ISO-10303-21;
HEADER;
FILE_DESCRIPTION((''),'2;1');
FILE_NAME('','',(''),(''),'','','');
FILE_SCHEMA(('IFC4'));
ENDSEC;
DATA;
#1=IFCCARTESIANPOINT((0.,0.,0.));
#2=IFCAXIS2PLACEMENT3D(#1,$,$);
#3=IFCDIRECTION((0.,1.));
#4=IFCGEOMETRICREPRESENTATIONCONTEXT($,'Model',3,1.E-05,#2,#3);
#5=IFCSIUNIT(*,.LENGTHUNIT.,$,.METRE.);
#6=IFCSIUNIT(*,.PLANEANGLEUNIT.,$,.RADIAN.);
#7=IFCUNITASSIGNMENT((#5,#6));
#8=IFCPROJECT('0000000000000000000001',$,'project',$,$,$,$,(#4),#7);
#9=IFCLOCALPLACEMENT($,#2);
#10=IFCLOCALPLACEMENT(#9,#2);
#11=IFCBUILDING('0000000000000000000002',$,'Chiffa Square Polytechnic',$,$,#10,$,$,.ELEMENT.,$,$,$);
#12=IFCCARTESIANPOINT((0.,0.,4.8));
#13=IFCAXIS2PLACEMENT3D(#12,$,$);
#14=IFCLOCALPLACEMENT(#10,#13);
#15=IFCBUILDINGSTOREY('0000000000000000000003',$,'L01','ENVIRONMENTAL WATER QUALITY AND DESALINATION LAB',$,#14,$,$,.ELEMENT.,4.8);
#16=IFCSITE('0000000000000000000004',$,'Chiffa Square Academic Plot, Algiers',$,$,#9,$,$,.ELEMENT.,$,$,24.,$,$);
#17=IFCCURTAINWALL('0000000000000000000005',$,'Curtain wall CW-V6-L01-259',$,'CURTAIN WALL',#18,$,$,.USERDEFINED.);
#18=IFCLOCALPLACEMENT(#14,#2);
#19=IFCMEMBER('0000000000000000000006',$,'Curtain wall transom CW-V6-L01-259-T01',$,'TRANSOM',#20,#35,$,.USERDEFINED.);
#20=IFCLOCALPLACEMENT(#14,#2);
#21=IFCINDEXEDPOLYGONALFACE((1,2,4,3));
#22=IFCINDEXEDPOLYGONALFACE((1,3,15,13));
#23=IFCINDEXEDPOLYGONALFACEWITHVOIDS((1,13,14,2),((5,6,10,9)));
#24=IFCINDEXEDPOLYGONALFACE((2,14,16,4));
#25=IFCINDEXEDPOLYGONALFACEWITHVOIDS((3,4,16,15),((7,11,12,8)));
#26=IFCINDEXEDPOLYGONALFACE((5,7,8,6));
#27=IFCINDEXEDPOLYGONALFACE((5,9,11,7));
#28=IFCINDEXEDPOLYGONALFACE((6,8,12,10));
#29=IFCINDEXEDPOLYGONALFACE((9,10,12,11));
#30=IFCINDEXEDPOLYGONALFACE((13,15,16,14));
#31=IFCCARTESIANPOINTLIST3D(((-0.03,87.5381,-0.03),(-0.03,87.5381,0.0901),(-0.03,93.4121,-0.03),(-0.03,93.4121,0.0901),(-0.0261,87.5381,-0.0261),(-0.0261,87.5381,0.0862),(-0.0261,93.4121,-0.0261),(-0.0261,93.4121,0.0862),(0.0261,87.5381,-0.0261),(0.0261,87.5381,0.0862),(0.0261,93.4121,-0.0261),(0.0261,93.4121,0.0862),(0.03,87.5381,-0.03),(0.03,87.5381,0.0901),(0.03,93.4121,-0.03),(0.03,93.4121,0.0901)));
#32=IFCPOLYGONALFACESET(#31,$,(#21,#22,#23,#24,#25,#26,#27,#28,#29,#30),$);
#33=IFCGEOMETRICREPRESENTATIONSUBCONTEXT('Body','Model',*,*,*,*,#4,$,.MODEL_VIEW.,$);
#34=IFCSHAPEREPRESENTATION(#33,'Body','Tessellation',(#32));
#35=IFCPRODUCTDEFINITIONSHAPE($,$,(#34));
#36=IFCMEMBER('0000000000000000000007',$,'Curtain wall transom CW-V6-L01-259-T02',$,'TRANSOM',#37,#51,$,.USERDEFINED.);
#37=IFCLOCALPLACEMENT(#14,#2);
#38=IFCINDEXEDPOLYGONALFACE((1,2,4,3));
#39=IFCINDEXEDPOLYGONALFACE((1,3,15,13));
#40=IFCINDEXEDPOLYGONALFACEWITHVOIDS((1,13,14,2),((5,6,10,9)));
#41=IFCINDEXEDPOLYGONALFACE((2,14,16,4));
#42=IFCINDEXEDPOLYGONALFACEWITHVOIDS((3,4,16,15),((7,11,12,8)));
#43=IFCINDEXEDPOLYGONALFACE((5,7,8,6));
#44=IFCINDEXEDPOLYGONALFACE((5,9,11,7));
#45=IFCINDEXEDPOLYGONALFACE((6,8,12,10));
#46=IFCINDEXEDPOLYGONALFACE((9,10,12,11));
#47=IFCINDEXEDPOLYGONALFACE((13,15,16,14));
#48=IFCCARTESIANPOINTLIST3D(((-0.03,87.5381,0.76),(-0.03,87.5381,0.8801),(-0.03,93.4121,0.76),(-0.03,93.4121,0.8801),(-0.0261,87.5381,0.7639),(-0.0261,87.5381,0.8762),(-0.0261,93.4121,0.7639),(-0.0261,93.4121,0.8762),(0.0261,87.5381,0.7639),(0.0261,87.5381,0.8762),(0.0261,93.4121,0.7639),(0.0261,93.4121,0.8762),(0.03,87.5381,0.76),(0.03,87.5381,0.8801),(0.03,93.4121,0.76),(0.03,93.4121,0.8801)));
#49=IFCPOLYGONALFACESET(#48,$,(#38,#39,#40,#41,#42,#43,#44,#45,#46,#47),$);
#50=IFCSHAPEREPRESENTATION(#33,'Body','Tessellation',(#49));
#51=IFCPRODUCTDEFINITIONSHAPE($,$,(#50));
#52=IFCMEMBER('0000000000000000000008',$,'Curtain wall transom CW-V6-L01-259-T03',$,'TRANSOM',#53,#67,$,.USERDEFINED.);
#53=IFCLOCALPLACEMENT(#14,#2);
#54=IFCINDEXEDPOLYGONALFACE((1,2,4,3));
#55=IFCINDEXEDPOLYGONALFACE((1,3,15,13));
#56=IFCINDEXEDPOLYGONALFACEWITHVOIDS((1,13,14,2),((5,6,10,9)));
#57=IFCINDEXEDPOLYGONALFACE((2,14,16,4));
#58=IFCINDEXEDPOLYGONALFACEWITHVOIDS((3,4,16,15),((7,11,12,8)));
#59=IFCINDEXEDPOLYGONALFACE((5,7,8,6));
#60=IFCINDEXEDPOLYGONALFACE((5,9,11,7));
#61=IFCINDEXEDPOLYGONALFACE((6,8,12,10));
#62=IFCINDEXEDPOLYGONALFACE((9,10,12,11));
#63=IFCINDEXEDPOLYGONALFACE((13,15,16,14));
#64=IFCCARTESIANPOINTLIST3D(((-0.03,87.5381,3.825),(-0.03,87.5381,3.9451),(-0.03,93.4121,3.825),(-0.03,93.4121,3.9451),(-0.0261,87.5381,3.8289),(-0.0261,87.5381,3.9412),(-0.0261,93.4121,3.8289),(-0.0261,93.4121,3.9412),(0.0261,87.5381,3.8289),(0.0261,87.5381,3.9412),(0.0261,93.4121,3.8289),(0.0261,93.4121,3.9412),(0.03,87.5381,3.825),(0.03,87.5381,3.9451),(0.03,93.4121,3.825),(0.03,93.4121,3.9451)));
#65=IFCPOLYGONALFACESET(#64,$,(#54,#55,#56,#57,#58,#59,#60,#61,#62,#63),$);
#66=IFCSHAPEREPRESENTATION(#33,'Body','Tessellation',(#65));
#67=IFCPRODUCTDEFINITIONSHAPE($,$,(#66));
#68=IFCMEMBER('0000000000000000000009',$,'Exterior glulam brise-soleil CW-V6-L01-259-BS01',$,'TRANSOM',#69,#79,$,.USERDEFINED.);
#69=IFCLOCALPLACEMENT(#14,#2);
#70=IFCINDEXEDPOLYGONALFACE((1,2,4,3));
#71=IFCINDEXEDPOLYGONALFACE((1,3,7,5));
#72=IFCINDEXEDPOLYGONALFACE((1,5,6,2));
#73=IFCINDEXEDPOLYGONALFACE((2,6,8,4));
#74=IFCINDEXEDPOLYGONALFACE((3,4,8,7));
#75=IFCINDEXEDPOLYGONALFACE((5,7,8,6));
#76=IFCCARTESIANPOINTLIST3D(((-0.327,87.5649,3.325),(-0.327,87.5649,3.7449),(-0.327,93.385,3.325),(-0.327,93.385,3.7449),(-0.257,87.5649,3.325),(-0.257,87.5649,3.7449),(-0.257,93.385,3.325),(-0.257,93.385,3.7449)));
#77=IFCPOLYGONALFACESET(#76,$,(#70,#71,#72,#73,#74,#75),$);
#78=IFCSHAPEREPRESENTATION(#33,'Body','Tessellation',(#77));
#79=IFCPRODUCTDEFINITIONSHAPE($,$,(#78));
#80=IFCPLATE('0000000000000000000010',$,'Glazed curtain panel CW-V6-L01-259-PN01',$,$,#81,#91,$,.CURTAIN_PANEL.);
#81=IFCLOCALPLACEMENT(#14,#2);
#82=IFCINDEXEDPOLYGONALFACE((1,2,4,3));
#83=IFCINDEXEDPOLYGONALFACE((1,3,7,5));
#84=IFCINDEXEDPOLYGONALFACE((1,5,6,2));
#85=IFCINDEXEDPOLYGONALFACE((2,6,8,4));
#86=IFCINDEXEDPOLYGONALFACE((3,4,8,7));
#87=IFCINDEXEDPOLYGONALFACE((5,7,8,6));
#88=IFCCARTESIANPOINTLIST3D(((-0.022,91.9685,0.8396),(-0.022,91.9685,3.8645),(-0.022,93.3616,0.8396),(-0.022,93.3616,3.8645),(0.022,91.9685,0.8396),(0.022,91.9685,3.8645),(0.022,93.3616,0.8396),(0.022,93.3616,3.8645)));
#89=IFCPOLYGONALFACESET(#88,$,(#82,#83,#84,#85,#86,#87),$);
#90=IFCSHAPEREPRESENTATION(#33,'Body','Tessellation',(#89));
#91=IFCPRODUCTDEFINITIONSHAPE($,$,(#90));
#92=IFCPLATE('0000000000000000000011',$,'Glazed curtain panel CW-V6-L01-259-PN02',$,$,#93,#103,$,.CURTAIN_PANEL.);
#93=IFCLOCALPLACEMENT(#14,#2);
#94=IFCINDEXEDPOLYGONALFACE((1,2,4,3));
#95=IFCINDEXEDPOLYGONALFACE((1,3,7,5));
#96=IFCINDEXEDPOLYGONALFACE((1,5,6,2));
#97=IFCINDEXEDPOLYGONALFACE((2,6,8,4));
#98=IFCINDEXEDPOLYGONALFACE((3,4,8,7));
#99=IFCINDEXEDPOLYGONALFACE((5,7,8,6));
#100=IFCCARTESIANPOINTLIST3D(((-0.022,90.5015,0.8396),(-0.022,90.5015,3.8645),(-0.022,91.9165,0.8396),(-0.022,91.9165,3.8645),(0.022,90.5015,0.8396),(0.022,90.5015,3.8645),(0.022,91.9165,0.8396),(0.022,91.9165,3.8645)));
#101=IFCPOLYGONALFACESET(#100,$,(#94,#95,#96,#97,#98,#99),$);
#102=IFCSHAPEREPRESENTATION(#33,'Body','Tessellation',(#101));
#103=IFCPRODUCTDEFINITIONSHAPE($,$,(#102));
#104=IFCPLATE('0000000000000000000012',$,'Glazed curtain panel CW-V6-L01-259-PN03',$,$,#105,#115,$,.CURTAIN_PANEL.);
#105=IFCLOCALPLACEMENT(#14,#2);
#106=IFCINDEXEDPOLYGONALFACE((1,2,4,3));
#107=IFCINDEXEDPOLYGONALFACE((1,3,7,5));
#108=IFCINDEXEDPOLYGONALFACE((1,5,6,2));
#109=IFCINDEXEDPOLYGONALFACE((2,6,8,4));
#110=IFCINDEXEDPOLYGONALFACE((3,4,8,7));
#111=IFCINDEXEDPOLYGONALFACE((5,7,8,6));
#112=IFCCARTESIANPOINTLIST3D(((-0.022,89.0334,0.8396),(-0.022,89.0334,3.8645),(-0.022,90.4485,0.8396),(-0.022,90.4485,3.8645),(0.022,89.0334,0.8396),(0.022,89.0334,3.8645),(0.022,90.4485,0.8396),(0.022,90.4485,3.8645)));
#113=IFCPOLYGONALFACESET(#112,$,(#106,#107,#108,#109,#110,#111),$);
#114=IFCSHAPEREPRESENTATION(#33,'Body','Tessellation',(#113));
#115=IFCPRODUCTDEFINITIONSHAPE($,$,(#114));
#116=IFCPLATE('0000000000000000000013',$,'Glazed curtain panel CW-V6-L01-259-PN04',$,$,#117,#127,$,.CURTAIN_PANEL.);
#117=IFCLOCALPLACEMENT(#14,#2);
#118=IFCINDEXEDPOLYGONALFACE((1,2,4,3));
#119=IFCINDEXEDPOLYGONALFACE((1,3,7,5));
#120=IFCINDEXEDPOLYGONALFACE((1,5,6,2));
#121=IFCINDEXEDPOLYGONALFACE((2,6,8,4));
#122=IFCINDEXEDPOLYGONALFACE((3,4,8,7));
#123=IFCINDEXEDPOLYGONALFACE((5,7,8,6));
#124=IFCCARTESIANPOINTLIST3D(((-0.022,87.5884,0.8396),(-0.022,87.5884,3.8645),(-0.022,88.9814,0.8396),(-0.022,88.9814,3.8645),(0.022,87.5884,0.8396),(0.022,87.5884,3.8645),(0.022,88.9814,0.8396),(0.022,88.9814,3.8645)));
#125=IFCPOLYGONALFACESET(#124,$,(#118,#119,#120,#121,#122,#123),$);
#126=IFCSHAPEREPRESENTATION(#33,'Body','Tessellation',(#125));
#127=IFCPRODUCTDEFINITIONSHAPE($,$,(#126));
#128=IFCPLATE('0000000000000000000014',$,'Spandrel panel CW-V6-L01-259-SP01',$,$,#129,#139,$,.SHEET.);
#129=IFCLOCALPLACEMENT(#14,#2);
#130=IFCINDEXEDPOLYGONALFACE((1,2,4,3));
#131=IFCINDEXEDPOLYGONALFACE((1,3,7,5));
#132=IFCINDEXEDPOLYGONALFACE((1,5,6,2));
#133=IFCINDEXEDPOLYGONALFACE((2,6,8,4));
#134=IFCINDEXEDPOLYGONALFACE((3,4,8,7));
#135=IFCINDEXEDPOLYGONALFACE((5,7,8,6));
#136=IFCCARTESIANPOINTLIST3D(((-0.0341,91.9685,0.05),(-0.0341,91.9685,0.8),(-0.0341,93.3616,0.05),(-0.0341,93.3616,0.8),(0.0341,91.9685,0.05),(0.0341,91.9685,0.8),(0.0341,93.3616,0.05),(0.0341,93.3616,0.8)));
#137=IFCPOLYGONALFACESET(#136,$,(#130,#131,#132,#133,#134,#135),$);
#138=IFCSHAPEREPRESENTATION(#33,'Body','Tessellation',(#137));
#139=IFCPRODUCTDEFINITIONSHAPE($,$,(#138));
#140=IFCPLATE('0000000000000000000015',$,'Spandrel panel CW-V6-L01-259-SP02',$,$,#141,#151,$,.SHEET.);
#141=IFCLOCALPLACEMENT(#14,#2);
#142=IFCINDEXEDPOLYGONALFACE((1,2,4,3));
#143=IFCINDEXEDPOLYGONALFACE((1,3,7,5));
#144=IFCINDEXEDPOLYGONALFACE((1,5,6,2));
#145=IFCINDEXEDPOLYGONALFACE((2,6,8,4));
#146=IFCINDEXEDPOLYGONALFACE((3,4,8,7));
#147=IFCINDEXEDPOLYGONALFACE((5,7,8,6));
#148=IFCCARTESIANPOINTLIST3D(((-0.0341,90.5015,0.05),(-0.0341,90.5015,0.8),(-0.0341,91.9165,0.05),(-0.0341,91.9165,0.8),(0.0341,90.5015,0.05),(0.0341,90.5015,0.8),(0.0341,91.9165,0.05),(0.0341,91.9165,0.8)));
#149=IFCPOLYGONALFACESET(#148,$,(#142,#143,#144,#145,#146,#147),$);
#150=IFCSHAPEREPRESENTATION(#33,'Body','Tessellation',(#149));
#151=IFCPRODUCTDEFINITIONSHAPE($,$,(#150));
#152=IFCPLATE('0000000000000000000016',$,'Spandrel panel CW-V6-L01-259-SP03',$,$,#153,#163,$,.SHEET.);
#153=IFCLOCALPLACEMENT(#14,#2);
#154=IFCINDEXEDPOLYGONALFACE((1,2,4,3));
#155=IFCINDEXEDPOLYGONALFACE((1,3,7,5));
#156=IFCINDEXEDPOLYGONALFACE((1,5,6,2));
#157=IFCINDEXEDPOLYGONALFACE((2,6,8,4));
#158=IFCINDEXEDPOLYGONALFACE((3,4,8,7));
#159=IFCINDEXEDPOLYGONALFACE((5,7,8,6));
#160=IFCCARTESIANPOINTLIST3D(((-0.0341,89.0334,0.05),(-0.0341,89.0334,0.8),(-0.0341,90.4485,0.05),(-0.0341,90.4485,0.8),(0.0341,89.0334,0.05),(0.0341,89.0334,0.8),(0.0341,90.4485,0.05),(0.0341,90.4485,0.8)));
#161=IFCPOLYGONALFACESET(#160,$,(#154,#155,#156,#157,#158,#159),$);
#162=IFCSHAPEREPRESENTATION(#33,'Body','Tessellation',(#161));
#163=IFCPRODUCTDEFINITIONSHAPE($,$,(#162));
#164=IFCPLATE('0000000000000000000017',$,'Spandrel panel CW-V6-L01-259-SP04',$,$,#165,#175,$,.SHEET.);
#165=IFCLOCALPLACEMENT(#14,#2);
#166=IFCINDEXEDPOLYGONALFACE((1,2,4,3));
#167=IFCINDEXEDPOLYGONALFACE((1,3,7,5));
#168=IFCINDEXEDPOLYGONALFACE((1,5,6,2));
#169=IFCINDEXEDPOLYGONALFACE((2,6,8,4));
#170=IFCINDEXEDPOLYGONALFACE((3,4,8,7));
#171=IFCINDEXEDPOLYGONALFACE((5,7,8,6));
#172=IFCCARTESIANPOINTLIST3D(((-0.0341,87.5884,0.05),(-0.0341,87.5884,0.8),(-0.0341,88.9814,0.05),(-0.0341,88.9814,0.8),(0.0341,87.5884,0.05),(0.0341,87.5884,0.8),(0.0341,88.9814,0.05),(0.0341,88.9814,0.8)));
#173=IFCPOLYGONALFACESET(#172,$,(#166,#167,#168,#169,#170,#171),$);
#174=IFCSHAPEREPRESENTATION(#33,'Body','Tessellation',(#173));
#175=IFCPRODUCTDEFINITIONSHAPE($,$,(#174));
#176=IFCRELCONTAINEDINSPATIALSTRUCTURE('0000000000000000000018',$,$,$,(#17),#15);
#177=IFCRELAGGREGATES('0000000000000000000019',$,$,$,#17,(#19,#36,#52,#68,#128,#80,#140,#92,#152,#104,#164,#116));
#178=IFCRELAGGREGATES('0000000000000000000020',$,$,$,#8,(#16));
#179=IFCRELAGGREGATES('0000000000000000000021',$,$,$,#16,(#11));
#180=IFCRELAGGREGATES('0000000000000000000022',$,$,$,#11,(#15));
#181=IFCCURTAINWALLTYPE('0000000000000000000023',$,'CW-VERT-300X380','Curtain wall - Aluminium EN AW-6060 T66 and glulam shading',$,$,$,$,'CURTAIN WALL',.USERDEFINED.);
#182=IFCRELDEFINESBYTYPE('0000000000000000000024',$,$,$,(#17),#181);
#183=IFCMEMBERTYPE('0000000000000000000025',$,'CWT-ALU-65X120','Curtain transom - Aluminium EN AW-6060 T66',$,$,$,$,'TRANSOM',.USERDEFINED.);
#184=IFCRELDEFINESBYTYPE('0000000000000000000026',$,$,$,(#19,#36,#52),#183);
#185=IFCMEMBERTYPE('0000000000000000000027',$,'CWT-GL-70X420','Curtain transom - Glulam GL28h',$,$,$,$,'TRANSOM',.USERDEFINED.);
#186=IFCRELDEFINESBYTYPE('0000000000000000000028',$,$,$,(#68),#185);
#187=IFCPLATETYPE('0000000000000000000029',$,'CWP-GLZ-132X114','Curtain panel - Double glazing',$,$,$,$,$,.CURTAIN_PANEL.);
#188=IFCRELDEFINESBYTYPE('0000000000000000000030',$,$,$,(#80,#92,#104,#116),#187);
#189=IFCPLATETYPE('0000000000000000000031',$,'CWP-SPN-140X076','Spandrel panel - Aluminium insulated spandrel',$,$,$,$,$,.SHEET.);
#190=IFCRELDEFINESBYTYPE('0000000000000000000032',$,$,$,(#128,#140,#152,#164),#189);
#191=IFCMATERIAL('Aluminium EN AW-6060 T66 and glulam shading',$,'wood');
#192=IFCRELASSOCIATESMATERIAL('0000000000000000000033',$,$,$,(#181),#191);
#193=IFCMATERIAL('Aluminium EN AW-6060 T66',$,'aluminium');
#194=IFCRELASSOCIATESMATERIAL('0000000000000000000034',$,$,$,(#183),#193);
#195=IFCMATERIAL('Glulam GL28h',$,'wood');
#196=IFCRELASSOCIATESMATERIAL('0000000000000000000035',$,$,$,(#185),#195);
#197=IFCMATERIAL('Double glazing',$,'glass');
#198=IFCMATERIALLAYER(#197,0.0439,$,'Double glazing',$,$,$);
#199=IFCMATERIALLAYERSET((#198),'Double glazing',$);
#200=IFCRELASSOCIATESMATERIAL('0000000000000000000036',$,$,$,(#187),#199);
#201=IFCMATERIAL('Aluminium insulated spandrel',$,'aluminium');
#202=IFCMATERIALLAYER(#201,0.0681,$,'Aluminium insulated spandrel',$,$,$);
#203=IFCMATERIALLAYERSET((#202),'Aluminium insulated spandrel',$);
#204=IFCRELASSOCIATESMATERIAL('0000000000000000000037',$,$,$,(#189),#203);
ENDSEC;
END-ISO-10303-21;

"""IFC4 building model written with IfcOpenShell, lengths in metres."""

from ifc_helpers import new_model, si_unit, direction, frame, origin, origin_2d, place, context, subcontext, project, spatial, rectangle, hollow_rectangle, extrude, material, layer, layer_set, material_profile, profile_set, type_object, element, aggregate, save


model = new_model("IFC4")

# Units and contexts
model_context = context("Model", 3, precision=1e-05, world=origin(), true_north=direction((0.0, 1.0)))
body_context = subcontext(model_context, "Body", "Model", "MODEL_VIEW")
ifc_project = project(units=[si_unit("LENGTHUNIT", "METRE"), si_unit("PLANEANGLEUNIT", "RADIAN")], contexts=[model_context])

# Site, building, storey
site_placement = place(None, origin())
site = spatial("IfcSite", under=ifc_project, at=site_placement, Name="Chiffa Square Academic Plot, Algiers", CompositionType="ELEMENT", RefElevation=24.0)
building_placement = place(site_placement, origin())
building = spatial("IfcBuilding", under=site, at=building_placement, Name="Chiffa Square Polytechnic", CompositionType="ELEMENT")
storey_placement = place(building_placement, frame((0.0, 0.0, 4.8)))
storey = spatial("IfcBuildingStorey", under=building, at=storey_placement, Name="L01", Description="ENVIRONMENTAL WATER QUALITY AND DESALINATION LAB", CompositionType="ELEMENT", Elevation=4.8)

# Curtain wall, members, plates
ifc_material_1 = material(Name="Aluminium EN AW-6060 T66 and glulam shading", Category="wood")
curtain_wall_type = type_object("IfcCurtainWallType", Name="CW-VERT-300X380", Description="Curtain wall - Aluminium EN AW-6060 T66 and glulam shading", ElementType="CURTAIN WALL", PredefinedType="USERDEFINED", material=ifc_material_1)
curtain_wall_placement = place(storey_placement, origin())
curtain_wall = element("IfcCurtainWall", 1, at=curtain_wall_placement, inside=storey, type_object=curtain_wall_type, Name="Curtain wall CW-V6-L01-259", ObjectType="CURTAIN WALL", PredefinedType="USERDEFINED")
ifc_material_2 = material(Name="Aluminium EN AW-6060 T66", Category="aluminium")
ifc_material_3 = material(Name="Glulam GL28h", Category="wood")
ifc_material_profile_1 = material_profile(ifc_material_2, hollow_rectangle(XDim=0.0601, YDim=0.1201, WallThickness=0.0039, at=origin_2d()), Name="ALU 60x120x4")
ifc_profile_set_1 = profile_set([ifc_material_profile_1], Name="Aluminium EN AW-6060 T66")
member_type_1 = type_object("IfcMemberType", Name="CWT-ALU-65X120", Description="Curtain transom - Aluminium EN AW-6060 T66", ElementType="TRANSOM", PredefinedType="USERDEFINED", material=ifc_profile_set_1)
member_1_placement = place(storey_placement, frame((0.0, 93.4121, 0.03), z_axis=(0.0, -1.0, 0.0), x_axis=(1.0, 0.0, 0.0)))
member_1 = element("IfcMember", 2, at=member_1_placement, type_object=member_type_1, Name="Curtain wall transom CW-V6-L01-259-T01", ObjectType="TRANSOM", PredefinedType="USERDEFINED", context=body_context, shape_type="SweptSolid", body=[
    extrude(hollow_rectangle(XDim=0.0601, YDim=0.1201, WallThickness=0.0039, at=origin_2d()), origin(), (0.0, 0.0, 1.0), 5.874),
])
member_2_placement = place(storey_placement, frame((0.0, 93.4121, 0.8201), z_axis=(0.0, -1.0, 0.0), x_axis=(1.0, 0.0, 0.0)))
member_2 = element("IfcMember", 3, at=member_2_placement, type_object=member_type_1, Name="Curtain wall transom CW-V6-L01-259-T02", ObjectType="TRANSOM", PredefinedType="USERDEFINED", context=body_context, shape_type="SweptSolid", body=[
    extrude(hollow_rectangle(XDim=0.0601, YDim=0.1201, WallThickness=0.0039, at=origin_2d()), origin(), (0.0, 0.0, 1.0), 5.874),
])
member_3_placement = place(storey_placement, frame((0.0, 93.4121, 3.885), z_axis=(0.0, -1.0, 0.0), x_axis=(1.0, 0.0, 0.0)))
member_3 = element("IfcMember", 4, at=member_3_placement, type_object=member_type_1, Name="Curtain wall transom CW-V6-L01-259-T03", ObjectType="TRANSOM", PredefinedType="USERDEFINED", context=body_context, shape_type="SweptSolid", body=[
    extrude(hollow_rectangle(XDim=0.0601, YDim=0.1201, WallThickness=0.0039, at=origin_2d()), origin(), (0.0, 0.0, 1.0), 5.874),
])
ifc_material_profile_2 = material_profile(ifc_material_3, rectangle(XDim=0.0701, YDim=0.4199, at=origin_2d()), Name="GL28h 70x420")
ifc_profile_set_2 = profile_set([ifc_material_profile_2], Name="Glulam GL28h")
member_type_2 = type_object("IfcMemberType", Name="CWT-GL-70X420", Description="Curtain transom - Glulam GL28h", ElementType="TRANSOM", PredefinedType="USERDEFINED", material=ifc_profile_set_2)
member_4_placement = place(storey_placement, frame((-0.292, 93.385, 3.5349), z_axis=(0.0, -1.0, 0.0), x_axis=(1.0, 0.0, 0.0)))
member_4 = element("IfcMember", 5, at=member_4_placement, type_object=member_type_2, Name="Exterior glulam brise-soleil CW-V6-L01-259-BS01", ObjectType="TRANSOM", PredefinedType="USERDEFINED", context=body_context, shape_type="SweptSolid", body=[
    extrude(rectangle(XDim=0.0701, YDim=0.4199, at=origin_2d()), origin(), (0.0, 0.0, 1.0), 5.8201),
])
ifc_material_4 = material(Name="Double glazing", Category="glass")
ifc_layer_1 = layer(ifc_material_4, 0.0439, Name="Double glazing")
ifc_layer_set_1 = layer_set([ifc_layer_1], Name="Double glazing")
plate_type_1 = type_object("IfcPlateType", Name="CWP-GLZ-132X114", Description="Curtain panel - Double glazing", PredefinedType="CURTAIN_PANEL", material=ifc_layer_set_1)
plate_1_placement = place(storey_placement, frame((0.0, 92.665, 0.8396), z_axis=(0.0, 0.0, 1.0), x_axis=(0.0, -1.0, 0.0)))
plate_1 = element("IfcPlate", 6, at=plate_1_placement, type_object=plate_type_1, Name="Glazed curtain panel CW-V6-L01-259-PN01", PredefinedType="CURTAIN_PANEL", context=body_context, shape_type="SweptSolid", body=[
    extrude(rectangle(XDim=1.3931, YDim=0.0439, at=origin_2d()), origin(), (0.0, 0.0, 1.0), 3.0249),
])
plate_2_placement = place(storey_placement, frame((0.0, 91.209, 0.8396), z_axis=(0.0, 0.0, 1.0), x_axis=(0.0, -1.0, 0.0)))
plate_2 = element("IfcPlate", 7, at=plate_2_placement, type_object=plate_type_1, Name="Glazed curtain panel CW-V6-L01-259-PN02", PredefinedType="CURTAIN_PANEL", context=body_context, shape_type="SweptSolid", body=[
    extrude(rectangle(XDim=1.415, YDim=0.0439, at=origin_2d()), origin(), (0.0, 0.0, 1.0), 3.0249),
])
plate_3_placement = place(storey_placement, frame((0.0, 89.741, 0.8396), z_axis=(0.0, 0.0, 1.0), x_axis=(0.0, -1.0, 0.0)))
plate_3 = element("IfcPlate", 8, at=plate_3_placement, type_object=plate_type_1, Name="Glazed curtain panel CW-V6-L01-259-PN03", PredefinedType="CURTAIN_PANEL", context=body_context, shape_type="SweptSolid", body=[
    extrude(rectangle(XDim=1.415, YDim=0.0439, at=origin_2d()), origin(), (0.0, 0.0, 1.0), 3.0249),
])
plate_4_placement = place(storey_placement, frame((0.0, 88.2849, 0.8396), z_axis=(0.0, 0.0, 1.0), x_axis=(0.0, -1.0, 0.0)))
plate_4 = element("IfcPlate", 9, at=plate_4_placement, type_object=plate_type_1, Name="Glazed curtain panel CW-V6-L01-259-PN04", PredefinedType="CURTAIN_PANEL", context=body_context, shape_type="SweptSolid", body=[
    extrude(rectangle(XDim=1.3931, YDim=0.0439, at=origin_2d()), origin(), (0.0, 0.0, 1.0), 3.0249),
])
ifc_material_5 = material(Name="Aluminium insulated spandrel", Category="aluminium")
ifc_layer_2 = layer(ifc_material_5, 0.0681, Name="Aluminium insulated spandrel")
ifc_layer_set_2 = layer_set([ifc_layer_2], Name="Aluminium insulated spandrel")
plate_type_2 = type_object("IfcPlateType", Name="CWP-SPN-140X076", Description="Spandrel panel - Aluminium insulated spandrel", PredefinedType="SHEET", material=ifc_layer_set_2)
plate_5_placement = place(storey_placement, frame((0.0, 92.665, 0.05), z_axis=(0.0, 0.0, 1.0), x_axis=(0.0, -1.0, 0.0)))
plate_5 = element("IfcPlate", 10, at=plate_5_placement, type_object=plate_type_2, Name="Spandrel panel CW-V6-L01-259-SP01", PredefinedType="SHEET", context=body_context, shape_type="SweptSolid", body=[
    extrude(rectangle(XDim=1.3931, YDim=0.0681, at=origin_2d()), origin(), (0.0, 0.0, 1.0), 0.75),
])
plate_6_placement = place(storey_placement, frame((0.0, 91.209, 0.05), z_axis=(0.0, 0.0, 1.0), x_axis=(0.0, -1.0, 0.0)))
plate_6 = element("IfcPlate", 11, at=plate_6_placement, type_object=plate_type_2, Name="Spandrel panel CW-V6-L01-259-SP02", PredefinedType="SHEET", context=body_context, shape_type="SweptSolid", body=[
    extrude(rectangle(XDim=1.415, YDim=0.0681, at=origin_2d()), origin(), (0.0, 0.0, 1.0), 0.75),
])
plate_7_placement = place(storey_placement, frame((0.0, 89.741, 0.05), z_axis=(0.0, 0.0, 1.0), x_axis=(0.0, -1.0, 0.0)))
plate_7 = element("IfcPlate", 12, at=plate_7_placement, type_object=plate_type_2, Name="Spandrel panel CW-V6-L01-259-SP03", PredefinedType="SHEET", context=body_context, shape_type="SweptSolid", body=[
    extrude(rectangle(XDim=1.415, YDim=0.0681, at=origin_2d()), origin(), (0.0, 0.0, 1.0), 0.75),
])
plate_8_placement = place(storey_placement, frame((0.0, 88.2849, 0.05), z_axis=(0.0, 0.0, 1.0), x_axis=(0.0, -1.0, 0.0)))
plate_8 = element("IfcPlate", 13, at=plate_8_placement, type_object=plate_type_2, Name="Spandrel panel CW-V6-L01-259-SP04", PredefinedType="SHEET", context=body_context, shape_type="SweptSolid", body=[
    extrude(rectangle(XDim=1.3931, YDim=0.0681, at=origin_2d()), origin(), (0.0, 0.0, 1.0), 0.75),
])
aggregate(curtain_wall, [member_1, member_2, member_3, member_4, plate_5, plate_1, plate_6, plate_2, plate_7, plate_3, plate_8, plate_4])

save(model, "model.ifc")
